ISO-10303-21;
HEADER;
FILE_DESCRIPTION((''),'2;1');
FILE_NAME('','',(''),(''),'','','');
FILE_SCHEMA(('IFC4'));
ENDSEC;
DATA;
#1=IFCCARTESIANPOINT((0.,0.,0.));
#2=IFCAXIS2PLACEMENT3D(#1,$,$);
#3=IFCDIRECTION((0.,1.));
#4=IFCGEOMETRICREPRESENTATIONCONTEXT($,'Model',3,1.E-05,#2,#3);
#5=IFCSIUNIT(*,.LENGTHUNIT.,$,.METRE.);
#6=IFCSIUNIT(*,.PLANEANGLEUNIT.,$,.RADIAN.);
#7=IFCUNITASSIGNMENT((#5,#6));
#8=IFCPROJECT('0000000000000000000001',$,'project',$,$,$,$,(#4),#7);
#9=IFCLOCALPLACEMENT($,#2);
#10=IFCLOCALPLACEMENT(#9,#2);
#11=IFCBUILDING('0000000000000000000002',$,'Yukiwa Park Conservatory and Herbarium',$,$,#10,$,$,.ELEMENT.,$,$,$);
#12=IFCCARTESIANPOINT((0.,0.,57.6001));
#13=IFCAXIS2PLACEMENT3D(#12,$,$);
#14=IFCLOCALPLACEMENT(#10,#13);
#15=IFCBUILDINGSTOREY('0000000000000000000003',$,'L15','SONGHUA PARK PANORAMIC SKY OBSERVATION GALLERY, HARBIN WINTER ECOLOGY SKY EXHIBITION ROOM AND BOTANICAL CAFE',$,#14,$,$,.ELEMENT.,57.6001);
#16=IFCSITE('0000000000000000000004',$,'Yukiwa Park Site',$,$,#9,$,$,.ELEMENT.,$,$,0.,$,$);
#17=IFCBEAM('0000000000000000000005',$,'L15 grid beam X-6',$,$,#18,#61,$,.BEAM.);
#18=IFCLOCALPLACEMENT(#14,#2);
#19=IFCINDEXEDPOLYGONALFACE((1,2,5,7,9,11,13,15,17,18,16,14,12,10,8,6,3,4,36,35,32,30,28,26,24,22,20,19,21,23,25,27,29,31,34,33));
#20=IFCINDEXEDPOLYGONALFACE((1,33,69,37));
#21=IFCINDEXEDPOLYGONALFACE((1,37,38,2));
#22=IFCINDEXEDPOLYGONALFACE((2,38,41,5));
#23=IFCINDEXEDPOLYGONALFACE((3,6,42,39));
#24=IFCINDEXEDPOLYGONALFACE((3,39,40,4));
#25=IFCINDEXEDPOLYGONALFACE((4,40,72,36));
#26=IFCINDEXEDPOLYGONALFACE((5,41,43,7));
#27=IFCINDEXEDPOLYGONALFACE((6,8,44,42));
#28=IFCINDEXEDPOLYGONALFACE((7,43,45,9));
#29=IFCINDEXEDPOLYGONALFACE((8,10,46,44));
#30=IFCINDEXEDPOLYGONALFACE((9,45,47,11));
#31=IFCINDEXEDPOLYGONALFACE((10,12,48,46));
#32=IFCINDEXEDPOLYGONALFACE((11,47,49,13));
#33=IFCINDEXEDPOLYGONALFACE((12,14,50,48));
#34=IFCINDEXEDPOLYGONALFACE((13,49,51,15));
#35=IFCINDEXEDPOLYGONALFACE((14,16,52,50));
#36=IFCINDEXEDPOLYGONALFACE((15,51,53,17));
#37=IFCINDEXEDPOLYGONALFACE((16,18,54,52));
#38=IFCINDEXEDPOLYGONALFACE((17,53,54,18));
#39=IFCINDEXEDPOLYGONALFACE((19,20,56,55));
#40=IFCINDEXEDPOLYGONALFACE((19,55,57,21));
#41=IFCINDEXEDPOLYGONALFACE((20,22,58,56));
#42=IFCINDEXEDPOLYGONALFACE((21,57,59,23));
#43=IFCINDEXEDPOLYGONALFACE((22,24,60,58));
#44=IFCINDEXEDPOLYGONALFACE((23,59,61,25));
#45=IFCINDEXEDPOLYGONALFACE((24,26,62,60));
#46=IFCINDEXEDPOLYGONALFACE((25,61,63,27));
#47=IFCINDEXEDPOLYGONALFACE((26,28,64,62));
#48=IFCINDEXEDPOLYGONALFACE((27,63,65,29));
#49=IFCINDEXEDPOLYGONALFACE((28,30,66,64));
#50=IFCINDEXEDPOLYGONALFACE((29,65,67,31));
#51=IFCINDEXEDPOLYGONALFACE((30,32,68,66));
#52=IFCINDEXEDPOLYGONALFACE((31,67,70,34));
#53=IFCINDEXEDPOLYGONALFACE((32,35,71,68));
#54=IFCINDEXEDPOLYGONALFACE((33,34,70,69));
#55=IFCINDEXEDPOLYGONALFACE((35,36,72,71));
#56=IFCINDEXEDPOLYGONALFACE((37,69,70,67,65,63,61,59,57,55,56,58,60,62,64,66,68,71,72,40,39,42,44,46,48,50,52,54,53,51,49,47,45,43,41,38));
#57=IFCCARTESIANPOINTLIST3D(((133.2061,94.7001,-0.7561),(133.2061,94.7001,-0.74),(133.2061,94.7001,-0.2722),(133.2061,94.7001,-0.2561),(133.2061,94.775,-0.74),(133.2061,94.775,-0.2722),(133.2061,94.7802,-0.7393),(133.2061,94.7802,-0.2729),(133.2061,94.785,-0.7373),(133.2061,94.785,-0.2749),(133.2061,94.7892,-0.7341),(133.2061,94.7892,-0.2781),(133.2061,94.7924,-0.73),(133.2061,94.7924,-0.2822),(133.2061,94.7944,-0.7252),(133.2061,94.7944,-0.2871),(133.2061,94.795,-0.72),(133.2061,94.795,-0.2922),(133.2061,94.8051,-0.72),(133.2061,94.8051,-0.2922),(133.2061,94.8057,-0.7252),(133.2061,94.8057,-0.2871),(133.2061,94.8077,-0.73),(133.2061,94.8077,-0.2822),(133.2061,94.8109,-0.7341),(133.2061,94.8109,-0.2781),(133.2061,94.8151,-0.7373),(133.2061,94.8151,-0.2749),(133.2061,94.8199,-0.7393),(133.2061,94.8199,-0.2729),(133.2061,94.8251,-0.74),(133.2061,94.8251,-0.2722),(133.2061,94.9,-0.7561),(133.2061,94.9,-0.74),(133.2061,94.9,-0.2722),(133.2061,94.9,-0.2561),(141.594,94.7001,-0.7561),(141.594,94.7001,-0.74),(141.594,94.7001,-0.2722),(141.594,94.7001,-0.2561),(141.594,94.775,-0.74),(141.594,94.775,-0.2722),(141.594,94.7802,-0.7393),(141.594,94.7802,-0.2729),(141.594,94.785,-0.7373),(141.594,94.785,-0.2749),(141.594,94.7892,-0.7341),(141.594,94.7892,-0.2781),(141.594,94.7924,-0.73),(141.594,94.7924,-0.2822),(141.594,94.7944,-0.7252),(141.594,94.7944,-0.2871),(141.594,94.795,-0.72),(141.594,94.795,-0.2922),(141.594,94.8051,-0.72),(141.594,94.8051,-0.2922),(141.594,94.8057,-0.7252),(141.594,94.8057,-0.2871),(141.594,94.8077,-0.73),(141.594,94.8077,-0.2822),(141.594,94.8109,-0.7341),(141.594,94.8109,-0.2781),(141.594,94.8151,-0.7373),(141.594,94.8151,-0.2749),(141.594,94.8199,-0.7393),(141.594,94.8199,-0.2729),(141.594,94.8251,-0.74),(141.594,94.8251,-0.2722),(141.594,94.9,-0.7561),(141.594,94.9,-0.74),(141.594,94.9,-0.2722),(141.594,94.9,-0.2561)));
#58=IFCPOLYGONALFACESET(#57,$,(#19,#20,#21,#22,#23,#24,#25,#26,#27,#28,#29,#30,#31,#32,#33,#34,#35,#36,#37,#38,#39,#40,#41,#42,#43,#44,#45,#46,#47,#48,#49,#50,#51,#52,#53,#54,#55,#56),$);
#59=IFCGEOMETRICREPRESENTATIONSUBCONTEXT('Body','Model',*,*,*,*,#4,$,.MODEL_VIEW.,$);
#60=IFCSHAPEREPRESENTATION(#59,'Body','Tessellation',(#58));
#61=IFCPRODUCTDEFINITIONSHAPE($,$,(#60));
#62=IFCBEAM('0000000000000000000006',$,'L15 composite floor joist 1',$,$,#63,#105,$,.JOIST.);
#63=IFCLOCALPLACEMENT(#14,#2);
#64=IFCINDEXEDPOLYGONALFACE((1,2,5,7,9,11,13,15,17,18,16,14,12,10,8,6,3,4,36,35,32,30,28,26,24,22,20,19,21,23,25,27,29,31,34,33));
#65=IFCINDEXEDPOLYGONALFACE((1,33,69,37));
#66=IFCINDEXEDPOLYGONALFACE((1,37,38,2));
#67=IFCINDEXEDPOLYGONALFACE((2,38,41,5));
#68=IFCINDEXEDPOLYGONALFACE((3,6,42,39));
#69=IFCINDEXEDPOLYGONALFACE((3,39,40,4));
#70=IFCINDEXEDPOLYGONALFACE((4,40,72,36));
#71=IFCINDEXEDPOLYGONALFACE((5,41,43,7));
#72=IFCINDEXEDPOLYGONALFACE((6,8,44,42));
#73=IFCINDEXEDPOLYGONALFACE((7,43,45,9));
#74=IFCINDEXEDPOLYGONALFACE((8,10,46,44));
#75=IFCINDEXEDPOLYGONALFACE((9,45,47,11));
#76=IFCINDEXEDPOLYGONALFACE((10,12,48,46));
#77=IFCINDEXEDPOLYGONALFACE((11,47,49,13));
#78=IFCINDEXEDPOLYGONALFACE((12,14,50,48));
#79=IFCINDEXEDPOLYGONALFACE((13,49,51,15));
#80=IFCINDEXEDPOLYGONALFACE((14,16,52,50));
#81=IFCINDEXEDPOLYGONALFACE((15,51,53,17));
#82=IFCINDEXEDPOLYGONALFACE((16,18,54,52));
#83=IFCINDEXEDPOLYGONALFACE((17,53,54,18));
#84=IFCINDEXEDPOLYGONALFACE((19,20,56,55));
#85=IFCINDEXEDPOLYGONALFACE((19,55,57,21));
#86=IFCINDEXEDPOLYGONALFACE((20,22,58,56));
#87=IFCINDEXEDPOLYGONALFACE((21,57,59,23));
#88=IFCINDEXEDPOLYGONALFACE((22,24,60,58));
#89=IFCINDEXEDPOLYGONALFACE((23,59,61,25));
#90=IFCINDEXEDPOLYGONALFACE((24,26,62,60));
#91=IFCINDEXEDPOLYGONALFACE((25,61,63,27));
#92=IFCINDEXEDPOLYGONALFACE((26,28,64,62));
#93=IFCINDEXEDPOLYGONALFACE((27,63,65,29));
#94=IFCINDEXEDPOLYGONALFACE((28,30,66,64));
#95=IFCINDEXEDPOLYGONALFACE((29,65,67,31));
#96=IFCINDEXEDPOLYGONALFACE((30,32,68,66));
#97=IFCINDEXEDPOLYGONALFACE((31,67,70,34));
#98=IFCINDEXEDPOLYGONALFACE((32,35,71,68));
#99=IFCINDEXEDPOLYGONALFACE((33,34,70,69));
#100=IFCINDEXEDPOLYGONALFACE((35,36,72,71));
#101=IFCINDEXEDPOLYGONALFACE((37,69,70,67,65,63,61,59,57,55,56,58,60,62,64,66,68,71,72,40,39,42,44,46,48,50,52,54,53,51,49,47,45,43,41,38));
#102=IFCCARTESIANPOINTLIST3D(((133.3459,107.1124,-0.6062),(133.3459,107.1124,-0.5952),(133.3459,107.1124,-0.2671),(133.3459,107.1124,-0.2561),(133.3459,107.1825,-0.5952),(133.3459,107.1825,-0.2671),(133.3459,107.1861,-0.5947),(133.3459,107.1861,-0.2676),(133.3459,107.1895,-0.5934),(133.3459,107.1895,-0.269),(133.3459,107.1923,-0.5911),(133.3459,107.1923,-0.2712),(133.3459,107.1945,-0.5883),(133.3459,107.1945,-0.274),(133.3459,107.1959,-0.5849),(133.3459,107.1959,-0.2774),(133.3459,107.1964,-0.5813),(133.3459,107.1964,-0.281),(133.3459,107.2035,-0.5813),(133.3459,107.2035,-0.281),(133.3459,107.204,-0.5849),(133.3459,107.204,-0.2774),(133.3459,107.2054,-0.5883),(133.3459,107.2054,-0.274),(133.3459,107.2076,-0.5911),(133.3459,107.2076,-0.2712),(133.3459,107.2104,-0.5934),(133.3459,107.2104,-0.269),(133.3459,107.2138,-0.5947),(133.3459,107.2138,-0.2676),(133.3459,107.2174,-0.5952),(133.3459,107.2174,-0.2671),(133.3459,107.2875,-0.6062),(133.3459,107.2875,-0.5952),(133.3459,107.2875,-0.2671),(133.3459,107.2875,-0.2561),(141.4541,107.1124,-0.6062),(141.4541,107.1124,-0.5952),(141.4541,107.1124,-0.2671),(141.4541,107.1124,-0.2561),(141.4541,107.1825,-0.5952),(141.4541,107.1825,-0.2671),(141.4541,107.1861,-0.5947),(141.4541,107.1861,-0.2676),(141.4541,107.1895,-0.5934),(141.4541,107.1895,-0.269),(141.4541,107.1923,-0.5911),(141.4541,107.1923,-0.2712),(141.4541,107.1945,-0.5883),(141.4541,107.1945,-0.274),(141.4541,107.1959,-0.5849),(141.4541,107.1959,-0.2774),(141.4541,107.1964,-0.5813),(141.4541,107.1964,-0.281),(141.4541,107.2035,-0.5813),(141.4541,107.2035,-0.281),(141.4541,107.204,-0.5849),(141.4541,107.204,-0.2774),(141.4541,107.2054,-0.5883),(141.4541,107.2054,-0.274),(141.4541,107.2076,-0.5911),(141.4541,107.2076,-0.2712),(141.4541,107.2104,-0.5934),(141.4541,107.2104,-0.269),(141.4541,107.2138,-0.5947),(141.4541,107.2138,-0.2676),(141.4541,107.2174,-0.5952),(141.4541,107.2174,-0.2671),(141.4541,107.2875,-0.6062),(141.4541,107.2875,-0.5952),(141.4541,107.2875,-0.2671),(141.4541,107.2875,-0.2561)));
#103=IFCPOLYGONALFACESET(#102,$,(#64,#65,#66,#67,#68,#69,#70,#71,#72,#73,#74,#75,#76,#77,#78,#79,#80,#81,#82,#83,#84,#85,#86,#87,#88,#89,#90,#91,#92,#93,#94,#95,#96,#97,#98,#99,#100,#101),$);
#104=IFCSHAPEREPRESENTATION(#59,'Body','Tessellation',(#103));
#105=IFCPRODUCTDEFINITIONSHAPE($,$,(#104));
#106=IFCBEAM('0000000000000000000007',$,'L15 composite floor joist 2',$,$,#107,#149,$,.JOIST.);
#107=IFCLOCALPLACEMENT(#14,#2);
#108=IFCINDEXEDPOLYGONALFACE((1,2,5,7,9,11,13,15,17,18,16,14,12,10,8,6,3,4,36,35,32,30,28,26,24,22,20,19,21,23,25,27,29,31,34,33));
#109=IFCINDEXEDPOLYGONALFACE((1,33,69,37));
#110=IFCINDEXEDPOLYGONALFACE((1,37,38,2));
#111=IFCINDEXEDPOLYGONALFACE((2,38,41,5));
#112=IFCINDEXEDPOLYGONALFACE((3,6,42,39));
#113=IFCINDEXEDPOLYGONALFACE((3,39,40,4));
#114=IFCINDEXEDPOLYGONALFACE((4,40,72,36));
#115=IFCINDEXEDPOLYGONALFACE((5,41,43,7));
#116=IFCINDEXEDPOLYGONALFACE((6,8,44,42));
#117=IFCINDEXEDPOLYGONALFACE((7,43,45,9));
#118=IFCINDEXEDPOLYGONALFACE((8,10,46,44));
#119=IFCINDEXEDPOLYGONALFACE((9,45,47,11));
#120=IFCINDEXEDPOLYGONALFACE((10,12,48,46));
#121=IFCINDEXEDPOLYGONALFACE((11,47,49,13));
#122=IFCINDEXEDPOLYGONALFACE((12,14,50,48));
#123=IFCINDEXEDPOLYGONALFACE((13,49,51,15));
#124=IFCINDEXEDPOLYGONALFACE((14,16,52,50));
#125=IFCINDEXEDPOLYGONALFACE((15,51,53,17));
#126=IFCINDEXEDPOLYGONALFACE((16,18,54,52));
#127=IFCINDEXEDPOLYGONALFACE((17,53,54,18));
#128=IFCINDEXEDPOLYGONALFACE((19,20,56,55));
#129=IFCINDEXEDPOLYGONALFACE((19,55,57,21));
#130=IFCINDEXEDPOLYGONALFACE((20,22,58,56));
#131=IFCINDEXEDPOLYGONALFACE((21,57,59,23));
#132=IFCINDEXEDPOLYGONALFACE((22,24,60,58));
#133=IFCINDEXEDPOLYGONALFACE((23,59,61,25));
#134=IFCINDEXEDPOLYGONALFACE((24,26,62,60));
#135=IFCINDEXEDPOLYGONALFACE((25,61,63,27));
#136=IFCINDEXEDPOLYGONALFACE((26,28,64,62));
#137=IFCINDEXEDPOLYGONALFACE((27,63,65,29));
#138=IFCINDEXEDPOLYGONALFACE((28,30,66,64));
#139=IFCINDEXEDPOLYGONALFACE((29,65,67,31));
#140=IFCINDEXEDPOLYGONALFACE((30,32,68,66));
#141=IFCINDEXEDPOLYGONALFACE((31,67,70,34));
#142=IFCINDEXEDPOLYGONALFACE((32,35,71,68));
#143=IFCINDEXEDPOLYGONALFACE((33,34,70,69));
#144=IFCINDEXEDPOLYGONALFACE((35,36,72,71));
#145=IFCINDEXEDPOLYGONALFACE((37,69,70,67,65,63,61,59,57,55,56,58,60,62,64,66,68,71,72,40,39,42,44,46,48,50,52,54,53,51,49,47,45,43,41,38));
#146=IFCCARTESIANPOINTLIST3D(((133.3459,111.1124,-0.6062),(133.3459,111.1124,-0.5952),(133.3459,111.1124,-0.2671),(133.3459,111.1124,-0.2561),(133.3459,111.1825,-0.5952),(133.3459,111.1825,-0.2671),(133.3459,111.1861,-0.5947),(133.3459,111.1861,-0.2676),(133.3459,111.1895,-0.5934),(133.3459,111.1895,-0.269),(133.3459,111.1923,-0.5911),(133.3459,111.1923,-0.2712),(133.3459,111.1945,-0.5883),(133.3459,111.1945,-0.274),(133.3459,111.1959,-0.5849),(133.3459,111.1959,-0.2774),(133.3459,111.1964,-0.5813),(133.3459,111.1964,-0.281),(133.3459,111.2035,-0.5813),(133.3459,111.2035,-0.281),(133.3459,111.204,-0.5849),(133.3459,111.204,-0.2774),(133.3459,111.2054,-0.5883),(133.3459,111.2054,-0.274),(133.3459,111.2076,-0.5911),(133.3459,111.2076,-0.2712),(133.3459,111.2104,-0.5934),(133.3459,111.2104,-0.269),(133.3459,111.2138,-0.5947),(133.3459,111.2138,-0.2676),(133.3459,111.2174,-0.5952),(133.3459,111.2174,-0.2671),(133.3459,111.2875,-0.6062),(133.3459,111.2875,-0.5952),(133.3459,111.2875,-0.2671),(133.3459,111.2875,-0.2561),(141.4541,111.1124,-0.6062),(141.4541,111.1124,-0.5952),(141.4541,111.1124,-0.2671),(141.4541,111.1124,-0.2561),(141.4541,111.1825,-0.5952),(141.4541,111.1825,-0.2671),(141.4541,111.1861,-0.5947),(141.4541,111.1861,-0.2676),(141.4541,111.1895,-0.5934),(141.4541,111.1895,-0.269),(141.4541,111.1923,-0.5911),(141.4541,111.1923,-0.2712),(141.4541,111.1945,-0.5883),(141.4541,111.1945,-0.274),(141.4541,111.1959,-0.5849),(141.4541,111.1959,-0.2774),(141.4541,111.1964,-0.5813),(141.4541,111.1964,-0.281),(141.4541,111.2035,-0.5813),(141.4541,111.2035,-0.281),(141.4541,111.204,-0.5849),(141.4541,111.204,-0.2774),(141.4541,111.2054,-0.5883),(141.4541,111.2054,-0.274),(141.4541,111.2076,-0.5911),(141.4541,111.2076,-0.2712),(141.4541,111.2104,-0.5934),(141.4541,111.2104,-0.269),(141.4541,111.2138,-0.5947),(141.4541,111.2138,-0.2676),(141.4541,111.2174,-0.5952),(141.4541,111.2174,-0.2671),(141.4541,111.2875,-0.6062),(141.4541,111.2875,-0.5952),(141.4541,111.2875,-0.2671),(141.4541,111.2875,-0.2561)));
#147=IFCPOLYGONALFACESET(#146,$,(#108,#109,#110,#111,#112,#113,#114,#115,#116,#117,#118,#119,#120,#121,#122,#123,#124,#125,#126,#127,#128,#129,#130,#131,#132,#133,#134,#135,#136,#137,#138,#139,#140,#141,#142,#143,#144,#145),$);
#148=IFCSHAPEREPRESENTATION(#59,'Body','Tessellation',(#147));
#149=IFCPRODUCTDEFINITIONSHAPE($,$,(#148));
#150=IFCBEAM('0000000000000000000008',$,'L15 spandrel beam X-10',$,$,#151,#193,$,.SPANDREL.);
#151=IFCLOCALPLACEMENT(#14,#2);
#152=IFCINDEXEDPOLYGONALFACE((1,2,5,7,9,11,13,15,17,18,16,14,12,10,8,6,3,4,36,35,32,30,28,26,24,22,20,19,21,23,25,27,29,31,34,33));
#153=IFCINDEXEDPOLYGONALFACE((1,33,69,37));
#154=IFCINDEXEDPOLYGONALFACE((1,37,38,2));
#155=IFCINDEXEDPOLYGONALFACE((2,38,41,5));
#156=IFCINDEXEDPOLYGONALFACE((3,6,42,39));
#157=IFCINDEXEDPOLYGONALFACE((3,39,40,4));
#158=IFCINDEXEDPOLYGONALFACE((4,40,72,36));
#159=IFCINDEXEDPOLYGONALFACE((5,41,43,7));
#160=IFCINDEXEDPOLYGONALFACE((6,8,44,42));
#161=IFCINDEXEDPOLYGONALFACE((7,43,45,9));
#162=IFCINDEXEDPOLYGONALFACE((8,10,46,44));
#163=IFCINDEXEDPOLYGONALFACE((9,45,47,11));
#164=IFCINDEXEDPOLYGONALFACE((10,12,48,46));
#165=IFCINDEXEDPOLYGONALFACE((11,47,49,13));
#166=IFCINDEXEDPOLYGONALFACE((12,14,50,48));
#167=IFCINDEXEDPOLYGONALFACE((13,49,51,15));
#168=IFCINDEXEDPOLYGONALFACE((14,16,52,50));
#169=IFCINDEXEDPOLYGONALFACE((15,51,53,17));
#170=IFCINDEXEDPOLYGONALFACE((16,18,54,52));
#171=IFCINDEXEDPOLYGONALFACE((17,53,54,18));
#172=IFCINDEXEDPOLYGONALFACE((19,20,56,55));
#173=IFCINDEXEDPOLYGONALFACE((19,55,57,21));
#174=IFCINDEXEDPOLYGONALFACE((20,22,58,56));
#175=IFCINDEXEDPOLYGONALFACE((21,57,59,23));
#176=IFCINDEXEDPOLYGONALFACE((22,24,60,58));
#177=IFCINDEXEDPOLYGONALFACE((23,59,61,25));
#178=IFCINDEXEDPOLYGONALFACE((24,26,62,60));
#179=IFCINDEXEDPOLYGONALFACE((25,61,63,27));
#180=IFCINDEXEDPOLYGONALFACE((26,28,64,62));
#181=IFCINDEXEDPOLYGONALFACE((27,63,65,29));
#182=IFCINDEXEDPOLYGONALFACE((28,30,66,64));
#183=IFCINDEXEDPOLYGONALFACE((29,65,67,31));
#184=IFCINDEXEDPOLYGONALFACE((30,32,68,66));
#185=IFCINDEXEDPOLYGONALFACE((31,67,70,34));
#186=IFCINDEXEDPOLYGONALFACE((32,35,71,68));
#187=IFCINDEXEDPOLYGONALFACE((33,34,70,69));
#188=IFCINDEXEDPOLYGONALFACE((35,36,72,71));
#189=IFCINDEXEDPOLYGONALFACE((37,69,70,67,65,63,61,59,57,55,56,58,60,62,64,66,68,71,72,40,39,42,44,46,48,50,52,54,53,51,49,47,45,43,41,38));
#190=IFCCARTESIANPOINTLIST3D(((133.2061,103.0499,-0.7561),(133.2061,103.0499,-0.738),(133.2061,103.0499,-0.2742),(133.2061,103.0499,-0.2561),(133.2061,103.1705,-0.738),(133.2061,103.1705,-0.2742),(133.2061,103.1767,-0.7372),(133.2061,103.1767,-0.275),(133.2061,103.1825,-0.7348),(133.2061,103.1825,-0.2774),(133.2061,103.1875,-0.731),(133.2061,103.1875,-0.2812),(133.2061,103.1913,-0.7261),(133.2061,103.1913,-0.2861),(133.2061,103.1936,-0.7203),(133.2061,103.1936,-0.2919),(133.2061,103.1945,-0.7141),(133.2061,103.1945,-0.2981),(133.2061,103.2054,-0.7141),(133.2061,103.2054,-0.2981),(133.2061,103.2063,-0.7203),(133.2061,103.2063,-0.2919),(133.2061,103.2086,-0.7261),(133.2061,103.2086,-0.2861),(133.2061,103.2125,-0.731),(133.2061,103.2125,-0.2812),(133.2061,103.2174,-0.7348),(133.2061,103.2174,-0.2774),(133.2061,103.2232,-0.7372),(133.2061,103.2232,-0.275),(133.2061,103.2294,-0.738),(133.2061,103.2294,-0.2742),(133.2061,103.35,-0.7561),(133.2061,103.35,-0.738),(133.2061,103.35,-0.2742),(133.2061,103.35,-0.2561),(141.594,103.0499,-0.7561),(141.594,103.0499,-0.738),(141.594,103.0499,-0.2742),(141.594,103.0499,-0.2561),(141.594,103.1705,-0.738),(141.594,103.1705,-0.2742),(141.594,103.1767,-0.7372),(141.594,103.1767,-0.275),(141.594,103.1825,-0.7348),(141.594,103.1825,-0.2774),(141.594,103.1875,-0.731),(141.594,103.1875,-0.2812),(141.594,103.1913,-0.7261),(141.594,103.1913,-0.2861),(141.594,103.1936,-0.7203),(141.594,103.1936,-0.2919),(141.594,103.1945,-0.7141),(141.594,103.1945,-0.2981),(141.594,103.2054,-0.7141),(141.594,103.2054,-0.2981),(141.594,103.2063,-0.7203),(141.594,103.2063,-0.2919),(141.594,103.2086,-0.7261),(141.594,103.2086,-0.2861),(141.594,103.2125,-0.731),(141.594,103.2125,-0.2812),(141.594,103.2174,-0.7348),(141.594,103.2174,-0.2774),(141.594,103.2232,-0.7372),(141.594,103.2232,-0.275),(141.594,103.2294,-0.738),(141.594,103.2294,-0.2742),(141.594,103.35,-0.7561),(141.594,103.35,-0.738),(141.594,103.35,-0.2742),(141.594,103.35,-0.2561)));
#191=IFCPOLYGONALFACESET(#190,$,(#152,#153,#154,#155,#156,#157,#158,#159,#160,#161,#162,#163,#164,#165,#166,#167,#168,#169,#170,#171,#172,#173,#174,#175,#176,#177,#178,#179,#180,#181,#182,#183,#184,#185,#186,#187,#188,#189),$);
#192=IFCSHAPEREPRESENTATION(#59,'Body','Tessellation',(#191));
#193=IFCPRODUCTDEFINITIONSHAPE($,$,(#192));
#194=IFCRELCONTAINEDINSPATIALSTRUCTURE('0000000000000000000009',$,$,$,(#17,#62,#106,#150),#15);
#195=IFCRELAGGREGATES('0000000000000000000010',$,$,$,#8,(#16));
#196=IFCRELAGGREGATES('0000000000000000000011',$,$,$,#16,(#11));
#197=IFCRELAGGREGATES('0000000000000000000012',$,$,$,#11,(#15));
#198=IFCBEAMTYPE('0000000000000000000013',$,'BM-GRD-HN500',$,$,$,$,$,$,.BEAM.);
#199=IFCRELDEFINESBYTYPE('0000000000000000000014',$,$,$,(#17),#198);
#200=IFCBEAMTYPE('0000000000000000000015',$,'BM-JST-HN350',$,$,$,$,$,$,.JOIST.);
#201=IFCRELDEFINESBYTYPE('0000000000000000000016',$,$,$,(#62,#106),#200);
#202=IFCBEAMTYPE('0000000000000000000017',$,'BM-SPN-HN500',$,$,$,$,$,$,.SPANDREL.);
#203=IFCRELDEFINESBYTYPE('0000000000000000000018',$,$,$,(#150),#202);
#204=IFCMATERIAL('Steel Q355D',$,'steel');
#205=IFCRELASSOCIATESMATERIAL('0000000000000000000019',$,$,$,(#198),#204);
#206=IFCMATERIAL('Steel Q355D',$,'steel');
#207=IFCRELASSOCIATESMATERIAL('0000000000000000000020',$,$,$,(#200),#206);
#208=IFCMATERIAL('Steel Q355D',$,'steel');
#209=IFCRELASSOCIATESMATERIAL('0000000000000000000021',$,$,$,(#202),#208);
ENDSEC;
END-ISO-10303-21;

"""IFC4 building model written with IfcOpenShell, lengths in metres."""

from ifc_helpers import new_model, si_unit, direction, frame, origin, origin_2d, place, context, subcontext, project, spatial, i_section, extrude, material, material_profile, profile_set, type_object, element, save


model = new_model("IFC4")

# Units and contexts
model_context = context("Model", 3, precision=1e-05, world=origin(), true_north=direction((0.0, 1.0)))
body_context = subcontext(model_context, "Body", "Model", "MODEL_VIEW")
ifc_project = project(units=[si_unit("LENGTHUNIT", "METRE"), si_unit("PLANEANGLEUNIT", "RADIAN")], contexts=[model_context])

# Site, building, storey
site_placement = place(None, origin())
site = spatial("IfcSite", under=ifc_project, at=site_placement, Name="Yukiwa Park Site", CompositionType="ELEMENT", RefElevation=0.0)
building_placement = place(site_placement, origin())
building = spatial("IfcBuilding", under=site, at=building_placement, Name="Yukiwa Park Conservatory and Herbarium", CompositionType="ELEMENT")
storey_placement = place(building_placement, frame((0.0, 0.0, 57.6001)))
storey = spatial("IfcBuildingStorey", under=building, at=storey_placement, Name="L15", Description="SONGHUA PARK PANORAMIC SKY OBSERVATION GALLERY, HARBIN WINTER ECOLOGY SKY EXHIBITION ROOM AND BOTANICAL CAFE", CompositionType="ELEMENT", Elevation=57.6001)

# Beams
ifc_material_1 = material(Name="Steel Q355D", Category="steel")
ifc_material_profile_1 = material_profile(ifc_material_1, i_section(OverallWidth=0.2, OverallDepth=0.5, WebThickness=0.01, FlangeThickness=0.0161, FilletRadius=0.02, at=origin_2d()), Name="HN 500x200x10x16")
ifc_profile_set_1 = profile_set([ifc_material_profile_1], Name="Steel Q355D")
beam_type_1 = type_object("IfcBeamType", Name="BM-GRD-HN500", PredefinedType="BEAM", material=ifc_profile_set_1)
beam_1_placement = place(storey_placement, frame((133.2061, 94.8, -0.5061), z_axis=(1.0, 0.0, 0.0), x_axis=(0.0, 1.0, 0.0)))
element("IfcBeam", 1, at=beam_1_placement, inside=storey, type_object=beam_type_1, Name="L15 grid beam X-6", PredefinedType="BEAM", context=body_context, shape_type="SweptSolid", body=[
    extrude(i_section(OverallWidth=0.2, OverallDepth=0.5, WebThickness=0.01, FlangeThickness=0.0161, FilletRadius=0.02, at=origin_2d()), origin(), (0.0, 0.0, 1.0), 8.3879),
])
ifc_material_2 = material(Name="Steel Q355D", Category="steel")
ifc_material_profile_2 = material_profile(ifc_material_2, i_section(OverallWidth=0.175, OverallDepth=0.3501, WebThickness=0.0071, FlangeThickness=0.011, FilletRadius=0.0139, at=origin_2d()), Name="HN 350x175x7x11")
ifc_profile_set_2 = profile_set([ifc_material_profile_2], Name="Steel Q355D")
beam_type_2 = type_object("IfcBeamType", Name="BM-JST-HN350", PredefinedType="JOIST", material=ifc_profile_set_2)
for number, where, z_axis, x_axis, name in (
    (2, (133.3459, 107.2, -0.4312), (1.0, 0.0, 0.0), (0.0, 1.0, 0.0), "L15 composite floor joist 1"),
    (3, (133.3459, 111.2, -0.4312), (1.0, 0.0, 0.0), (0.0, 1.0, 0.0), "L15 composite floor joist 2"),
):
    element("IfcBeam", number, at=place(storey_placement, frame(where, z_axis=z_axis, x_axis=x_axis)), inside=storey, type_object=beam_type_2, Name=name, PredefinedType="JOIST", context=body_context, shape_type="SweptSolid", body=[
        extrude(i_section(OverallWidth=0.175, OverallDepth=0.3501, WebThickness=0.0071, FlangeThickness=0.011, FilletRadius=0.0139, at=origin_2d()), origin(), (0.0, 0.0, 1.0), 8.1082),
    ])
ifc_material_3 = material(Name="Steel Q355D", Category="steel")
ifc_material_profile_3 = material_profile(ifc_material_3, i_section(OverallWidth=0.3, OverallDepth=0.5, WebThickness=0.011, FlangeThickness=0.0181, FilletRadius=0.0239, at=origin_2d()), Name="HM 500x300x11x18")
ifc_profile_set_3 = profile_set([ifc_material_profile_3], Name="Steel Q355D")
beam_type_3 = type_object("IfcBeamType", Name="BM-SPN-HN500", PredefinedType="SPANDREL", material=ifc_profile_set_3)
for number, where, z_axis, x_axis, name in (
    (4, (133.2061, 103.2, -0.5061), (1.0, 0.0, 0.0), (0.0, 1.0, 0.0), "L15 spandrel beam X-10"),
):
    element("IfcBeam", number, at=place(storey_placement, frame(where, z_axis=z_axis, x_axis=x_axis)), inside=storey, type_object=beam_type_3, Name=name, PredefinedType="SPANDREL", context=body_context, shape_type="SweptSolid", body=[
        extrude(i_section(OverallWidth=0.3, OverallDepth=0.5, WebThickness=0.011, FlangeThickness=0.0181, FilletRadius=0.0239, at=origin_2d()), origin(), (0.0, 0.0, 1.0), 8.3879),
    ])

save(model, "model.ifc")
